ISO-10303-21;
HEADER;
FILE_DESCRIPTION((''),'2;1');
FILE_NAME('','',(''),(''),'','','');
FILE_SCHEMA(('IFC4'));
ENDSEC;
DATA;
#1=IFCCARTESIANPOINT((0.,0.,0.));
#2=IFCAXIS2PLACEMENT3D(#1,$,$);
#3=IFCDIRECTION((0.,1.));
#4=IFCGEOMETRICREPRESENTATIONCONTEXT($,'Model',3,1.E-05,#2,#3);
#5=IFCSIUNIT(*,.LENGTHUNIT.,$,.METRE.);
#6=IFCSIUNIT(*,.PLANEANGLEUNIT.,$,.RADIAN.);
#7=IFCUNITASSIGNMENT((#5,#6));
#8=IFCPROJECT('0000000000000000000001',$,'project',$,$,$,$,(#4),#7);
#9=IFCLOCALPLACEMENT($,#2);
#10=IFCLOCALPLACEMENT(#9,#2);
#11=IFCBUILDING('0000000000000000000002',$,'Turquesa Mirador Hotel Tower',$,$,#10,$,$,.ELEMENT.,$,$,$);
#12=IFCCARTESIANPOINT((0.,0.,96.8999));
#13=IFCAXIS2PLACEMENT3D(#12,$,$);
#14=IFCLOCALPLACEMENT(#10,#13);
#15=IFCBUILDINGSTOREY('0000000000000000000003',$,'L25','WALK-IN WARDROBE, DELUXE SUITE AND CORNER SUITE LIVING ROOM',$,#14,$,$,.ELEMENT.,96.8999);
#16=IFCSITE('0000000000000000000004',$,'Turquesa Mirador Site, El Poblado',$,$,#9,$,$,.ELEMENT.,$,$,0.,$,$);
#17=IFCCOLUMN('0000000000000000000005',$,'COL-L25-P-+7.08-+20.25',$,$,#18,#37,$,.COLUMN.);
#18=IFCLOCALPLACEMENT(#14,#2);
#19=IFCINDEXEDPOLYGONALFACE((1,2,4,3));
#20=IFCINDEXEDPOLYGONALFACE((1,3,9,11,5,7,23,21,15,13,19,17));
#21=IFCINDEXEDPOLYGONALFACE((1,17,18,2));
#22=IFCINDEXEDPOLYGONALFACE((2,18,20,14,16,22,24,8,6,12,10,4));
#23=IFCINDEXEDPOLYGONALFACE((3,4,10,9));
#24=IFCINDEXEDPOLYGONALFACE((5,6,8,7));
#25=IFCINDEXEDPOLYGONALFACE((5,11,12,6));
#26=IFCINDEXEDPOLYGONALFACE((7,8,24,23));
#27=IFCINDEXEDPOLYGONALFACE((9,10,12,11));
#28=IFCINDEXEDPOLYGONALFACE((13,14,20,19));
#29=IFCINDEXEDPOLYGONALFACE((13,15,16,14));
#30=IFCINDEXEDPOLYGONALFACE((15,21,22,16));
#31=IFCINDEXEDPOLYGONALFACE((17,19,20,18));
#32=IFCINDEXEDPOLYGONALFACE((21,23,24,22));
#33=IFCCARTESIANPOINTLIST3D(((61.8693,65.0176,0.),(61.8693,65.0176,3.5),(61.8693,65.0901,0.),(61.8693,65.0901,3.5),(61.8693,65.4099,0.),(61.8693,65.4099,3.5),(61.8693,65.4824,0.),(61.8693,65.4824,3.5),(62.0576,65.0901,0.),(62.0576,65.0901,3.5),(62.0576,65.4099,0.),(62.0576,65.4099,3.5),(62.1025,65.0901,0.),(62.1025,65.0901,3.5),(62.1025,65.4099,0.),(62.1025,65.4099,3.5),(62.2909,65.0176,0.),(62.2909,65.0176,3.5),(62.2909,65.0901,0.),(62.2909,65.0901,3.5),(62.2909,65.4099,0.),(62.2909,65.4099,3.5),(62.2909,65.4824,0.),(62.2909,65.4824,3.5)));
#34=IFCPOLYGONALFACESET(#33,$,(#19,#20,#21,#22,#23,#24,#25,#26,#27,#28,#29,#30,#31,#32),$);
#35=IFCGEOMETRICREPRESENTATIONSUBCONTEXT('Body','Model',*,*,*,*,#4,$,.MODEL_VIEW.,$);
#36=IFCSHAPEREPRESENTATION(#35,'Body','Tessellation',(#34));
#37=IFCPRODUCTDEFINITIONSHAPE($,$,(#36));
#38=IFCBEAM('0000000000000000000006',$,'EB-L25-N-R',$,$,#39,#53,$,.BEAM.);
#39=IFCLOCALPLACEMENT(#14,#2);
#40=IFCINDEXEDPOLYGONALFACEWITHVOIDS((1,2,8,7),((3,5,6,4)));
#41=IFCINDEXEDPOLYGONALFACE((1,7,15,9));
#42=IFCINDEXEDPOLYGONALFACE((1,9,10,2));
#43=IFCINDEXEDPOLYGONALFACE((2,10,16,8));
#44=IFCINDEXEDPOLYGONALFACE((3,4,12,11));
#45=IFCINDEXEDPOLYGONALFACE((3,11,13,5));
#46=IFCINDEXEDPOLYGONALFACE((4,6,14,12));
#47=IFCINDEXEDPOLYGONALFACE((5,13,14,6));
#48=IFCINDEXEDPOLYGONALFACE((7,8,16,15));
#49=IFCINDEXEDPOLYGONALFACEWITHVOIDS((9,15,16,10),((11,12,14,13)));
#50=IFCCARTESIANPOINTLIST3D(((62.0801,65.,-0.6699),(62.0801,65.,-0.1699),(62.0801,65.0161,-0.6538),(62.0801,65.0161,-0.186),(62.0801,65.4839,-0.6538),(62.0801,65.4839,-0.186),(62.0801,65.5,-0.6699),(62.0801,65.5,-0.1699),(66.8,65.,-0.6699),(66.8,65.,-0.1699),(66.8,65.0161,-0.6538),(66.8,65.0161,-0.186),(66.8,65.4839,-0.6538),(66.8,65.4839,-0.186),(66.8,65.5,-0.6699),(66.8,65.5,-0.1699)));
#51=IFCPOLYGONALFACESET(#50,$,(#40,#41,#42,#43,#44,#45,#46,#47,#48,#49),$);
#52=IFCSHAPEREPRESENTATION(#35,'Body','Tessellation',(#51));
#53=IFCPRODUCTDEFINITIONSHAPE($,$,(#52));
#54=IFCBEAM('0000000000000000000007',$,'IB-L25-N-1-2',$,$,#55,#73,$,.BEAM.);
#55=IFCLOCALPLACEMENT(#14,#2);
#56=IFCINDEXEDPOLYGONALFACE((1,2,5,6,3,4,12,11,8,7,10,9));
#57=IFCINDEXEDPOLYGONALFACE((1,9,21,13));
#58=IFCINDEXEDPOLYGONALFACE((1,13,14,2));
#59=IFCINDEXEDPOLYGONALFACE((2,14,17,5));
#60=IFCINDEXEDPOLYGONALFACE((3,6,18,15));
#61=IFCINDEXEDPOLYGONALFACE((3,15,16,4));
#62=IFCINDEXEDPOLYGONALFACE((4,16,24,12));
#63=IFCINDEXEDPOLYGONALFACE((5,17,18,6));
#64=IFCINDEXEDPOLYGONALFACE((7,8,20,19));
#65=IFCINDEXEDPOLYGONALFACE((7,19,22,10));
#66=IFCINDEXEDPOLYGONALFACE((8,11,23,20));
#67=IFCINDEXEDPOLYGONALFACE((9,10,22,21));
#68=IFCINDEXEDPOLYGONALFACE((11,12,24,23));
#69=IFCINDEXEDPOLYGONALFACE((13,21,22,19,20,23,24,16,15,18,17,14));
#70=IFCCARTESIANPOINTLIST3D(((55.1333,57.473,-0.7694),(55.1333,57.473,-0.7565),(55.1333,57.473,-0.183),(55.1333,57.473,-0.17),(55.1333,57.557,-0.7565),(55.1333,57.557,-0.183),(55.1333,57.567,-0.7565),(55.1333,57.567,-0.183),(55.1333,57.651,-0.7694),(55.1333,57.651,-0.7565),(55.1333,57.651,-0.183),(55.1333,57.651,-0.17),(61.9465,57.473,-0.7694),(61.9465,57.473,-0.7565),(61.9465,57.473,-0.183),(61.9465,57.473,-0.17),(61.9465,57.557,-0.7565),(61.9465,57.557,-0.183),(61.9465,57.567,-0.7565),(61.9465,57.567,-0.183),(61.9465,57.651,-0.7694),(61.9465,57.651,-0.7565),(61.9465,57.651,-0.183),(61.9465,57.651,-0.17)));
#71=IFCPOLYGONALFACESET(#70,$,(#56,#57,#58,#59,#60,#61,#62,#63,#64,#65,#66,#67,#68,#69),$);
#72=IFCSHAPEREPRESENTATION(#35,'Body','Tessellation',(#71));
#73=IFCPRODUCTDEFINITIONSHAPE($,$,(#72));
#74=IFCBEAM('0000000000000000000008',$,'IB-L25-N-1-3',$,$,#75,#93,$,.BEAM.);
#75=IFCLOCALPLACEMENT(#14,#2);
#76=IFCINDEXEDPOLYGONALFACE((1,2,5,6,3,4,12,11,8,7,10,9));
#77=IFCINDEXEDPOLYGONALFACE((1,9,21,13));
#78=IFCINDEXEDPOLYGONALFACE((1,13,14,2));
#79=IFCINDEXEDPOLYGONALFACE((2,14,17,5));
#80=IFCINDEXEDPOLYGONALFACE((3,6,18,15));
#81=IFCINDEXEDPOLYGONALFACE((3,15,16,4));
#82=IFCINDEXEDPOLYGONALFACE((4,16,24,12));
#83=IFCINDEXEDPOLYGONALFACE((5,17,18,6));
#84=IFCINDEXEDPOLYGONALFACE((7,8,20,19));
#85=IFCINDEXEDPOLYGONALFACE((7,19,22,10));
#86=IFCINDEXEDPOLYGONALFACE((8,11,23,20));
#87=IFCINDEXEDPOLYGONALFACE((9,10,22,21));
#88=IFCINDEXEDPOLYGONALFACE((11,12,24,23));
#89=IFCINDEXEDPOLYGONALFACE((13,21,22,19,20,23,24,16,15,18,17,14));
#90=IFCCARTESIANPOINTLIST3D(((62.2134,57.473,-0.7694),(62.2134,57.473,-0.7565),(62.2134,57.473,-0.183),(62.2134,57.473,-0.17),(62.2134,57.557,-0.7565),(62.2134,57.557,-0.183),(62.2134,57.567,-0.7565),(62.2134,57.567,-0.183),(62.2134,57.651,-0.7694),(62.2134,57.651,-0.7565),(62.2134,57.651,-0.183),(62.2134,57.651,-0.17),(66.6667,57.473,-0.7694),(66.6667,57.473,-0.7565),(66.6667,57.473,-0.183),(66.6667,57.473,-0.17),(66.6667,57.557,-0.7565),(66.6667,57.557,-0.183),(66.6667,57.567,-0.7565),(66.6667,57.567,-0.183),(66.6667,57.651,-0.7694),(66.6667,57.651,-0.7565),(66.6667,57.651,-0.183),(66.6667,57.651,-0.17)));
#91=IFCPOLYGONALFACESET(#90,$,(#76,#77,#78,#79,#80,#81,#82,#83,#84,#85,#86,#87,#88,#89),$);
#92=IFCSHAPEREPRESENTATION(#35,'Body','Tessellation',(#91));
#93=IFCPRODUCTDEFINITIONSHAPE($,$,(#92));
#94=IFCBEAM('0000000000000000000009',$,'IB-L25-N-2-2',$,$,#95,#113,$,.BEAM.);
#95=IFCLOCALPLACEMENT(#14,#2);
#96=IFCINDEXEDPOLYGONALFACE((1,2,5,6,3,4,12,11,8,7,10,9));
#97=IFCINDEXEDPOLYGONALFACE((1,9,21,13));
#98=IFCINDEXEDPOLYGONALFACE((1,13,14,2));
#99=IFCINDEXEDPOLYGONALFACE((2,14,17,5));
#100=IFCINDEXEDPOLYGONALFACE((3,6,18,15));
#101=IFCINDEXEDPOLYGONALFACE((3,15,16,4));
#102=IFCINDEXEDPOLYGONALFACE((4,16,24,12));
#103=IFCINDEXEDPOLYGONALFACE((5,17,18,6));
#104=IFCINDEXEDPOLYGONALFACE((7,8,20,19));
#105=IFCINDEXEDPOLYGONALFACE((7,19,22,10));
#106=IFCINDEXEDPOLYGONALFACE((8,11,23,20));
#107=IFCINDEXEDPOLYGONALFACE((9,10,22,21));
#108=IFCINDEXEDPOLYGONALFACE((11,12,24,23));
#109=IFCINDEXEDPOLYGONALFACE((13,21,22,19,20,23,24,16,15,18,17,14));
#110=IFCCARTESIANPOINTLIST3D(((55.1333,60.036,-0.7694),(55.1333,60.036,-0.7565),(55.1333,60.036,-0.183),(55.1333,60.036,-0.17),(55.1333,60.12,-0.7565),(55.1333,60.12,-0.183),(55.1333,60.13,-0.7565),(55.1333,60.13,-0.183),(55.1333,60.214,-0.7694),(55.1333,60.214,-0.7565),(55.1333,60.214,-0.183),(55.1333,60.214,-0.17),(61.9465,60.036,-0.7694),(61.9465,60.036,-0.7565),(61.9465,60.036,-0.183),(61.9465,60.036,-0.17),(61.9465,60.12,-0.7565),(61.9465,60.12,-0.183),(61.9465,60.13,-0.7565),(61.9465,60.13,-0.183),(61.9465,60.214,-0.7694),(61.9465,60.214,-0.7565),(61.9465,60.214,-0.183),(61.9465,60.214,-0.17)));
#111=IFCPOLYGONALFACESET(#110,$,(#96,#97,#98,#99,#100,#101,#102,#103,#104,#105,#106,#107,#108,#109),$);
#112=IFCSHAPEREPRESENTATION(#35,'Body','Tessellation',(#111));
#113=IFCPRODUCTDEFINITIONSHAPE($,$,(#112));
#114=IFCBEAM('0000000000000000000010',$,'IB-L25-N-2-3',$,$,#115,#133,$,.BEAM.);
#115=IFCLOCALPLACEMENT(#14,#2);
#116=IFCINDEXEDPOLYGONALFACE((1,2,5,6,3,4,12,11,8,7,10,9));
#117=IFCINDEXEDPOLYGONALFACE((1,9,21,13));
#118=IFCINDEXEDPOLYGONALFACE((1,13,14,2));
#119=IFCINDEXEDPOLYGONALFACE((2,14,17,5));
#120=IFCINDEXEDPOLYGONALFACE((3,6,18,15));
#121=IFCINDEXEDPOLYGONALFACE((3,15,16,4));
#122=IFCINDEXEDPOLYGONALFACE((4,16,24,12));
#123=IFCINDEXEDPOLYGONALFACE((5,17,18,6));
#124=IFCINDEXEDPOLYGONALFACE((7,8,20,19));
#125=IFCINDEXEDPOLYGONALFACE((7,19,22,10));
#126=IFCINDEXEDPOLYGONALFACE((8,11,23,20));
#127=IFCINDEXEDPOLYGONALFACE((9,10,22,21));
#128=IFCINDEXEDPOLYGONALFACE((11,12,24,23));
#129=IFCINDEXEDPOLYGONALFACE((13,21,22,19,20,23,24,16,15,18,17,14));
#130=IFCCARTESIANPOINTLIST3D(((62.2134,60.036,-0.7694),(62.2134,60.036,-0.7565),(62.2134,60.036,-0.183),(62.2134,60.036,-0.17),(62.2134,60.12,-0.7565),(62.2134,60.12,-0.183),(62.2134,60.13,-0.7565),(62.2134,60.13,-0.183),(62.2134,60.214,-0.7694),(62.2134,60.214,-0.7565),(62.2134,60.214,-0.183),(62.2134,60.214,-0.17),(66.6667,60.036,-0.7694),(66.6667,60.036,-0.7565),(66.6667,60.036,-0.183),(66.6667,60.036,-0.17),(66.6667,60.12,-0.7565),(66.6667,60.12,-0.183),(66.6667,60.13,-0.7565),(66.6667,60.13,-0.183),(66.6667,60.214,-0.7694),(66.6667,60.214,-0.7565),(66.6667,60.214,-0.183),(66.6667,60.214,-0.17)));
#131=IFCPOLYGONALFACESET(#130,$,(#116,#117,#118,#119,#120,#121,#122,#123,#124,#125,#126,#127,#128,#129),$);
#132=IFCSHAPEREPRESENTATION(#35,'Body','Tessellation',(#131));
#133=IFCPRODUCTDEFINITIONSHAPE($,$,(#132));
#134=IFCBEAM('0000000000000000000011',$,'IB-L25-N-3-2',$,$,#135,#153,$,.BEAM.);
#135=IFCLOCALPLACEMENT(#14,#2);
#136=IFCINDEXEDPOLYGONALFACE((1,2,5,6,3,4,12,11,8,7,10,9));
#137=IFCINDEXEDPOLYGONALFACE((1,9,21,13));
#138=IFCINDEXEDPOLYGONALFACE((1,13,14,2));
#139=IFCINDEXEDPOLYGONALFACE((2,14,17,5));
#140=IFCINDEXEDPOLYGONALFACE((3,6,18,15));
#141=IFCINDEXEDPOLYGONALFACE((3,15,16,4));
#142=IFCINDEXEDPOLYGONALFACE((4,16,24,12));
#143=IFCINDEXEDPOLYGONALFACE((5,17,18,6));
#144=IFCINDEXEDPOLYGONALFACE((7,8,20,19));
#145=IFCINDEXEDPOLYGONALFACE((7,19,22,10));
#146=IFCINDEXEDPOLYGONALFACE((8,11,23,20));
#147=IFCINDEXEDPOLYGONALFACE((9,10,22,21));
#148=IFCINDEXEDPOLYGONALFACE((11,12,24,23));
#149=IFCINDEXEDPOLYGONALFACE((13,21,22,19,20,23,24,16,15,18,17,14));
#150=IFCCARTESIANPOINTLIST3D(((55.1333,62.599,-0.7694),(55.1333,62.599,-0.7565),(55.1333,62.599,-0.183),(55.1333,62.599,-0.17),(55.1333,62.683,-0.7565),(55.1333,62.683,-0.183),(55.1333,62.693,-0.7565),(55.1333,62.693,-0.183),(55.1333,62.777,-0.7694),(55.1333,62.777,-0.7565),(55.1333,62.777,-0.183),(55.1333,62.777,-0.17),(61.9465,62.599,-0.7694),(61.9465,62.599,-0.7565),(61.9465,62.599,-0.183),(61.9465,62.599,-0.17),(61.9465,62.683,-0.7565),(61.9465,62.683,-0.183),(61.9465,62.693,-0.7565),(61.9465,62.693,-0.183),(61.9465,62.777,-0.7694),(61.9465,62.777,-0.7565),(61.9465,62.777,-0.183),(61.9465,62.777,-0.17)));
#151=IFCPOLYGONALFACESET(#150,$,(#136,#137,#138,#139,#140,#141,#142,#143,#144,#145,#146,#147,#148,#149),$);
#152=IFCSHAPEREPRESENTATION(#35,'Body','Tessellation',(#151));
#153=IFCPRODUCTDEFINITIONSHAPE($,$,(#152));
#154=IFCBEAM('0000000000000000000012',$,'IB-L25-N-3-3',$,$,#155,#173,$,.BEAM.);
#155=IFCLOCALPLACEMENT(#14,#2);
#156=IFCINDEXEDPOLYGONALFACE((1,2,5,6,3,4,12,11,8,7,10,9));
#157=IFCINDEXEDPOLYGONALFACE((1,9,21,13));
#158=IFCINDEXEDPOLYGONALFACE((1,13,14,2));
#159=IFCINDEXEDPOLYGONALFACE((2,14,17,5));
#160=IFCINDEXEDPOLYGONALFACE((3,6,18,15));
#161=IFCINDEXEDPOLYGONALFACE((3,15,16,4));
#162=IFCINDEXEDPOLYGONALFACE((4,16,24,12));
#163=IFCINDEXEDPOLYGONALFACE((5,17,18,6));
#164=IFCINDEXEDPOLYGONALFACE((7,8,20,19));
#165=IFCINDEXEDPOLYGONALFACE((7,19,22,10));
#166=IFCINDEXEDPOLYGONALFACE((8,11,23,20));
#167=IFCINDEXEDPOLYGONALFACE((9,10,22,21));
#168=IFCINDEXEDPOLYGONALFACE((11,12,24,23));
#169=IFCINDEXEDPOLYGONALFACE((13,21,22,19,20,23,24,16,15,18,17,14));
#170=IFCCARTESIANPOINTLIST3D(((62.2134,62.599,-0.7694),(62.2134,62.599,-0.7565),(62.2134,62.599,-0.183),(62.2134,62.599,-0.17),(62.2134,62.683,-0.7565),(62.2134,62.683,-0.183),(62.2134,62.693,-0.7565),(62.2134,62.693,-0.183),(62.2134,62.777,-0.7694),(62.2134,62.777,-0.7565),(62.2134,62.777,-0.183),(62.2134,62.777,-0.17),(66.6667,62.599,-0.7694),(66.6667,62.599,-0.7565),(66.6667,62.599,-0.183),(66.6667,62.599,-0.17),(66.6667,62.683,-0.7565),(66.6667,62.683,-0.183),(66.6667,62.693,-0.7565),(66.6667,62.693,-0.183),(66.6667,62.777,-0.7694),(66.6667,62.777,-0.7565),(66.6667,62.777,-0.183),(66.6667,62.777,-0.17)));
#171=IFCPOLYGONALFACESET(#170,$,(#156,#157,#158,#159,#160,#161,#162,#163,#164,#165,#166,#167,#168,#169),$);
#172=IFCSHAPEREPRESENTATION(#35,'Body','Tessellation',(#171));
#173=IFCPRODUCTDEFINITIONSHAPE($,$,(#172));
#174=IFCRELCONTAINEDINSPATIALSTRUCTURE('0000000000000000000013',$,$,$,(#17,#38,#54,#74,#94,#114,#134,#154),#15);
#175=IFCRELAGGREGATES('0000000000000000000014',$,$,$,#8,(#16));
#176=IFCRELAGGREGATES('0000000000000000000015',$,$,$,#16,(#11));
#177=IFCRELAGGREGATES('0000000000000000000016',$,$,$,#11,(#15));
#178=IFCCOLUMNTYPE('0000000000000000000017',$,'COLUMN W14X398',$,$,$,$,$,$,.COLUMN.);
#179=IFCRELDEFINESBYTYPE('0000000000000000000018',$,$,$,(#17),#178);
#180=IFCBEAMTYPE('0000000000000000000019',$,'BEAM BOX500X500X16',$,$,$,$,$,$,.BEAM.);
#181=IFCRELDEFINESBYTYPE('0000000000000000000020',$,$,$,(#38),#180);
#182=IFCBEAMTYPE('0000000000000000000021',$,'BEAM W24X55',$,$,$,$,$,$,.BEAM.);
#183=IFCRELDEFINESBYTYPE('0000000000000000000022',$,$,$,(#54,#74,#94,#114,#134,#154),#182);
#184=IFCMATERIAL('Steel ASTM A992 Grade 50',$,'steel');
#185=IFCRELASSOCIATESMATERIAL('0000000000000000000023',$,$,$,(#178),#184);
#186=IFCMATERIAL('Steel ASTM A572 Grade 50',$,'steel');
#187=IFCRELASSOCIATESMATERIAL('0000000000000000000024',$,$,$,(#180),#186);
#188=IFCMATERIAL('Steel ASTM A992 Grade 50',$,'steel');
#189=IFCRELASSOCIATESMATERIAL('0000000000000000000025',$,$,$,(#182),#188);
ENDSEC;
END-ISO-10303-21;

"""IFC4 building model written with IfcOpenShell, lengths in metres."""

from ifc_helpers import new_model, si_unit, direction, frame, origin, origin_2d, place, context, subcontext, project, spatial, hollow_rectangle, i_section, extrude, material, material_profile, profile_set, type_object, element, save


model = new_model("IFC4")

# Units and contexts
model_context = context("Model", 3, precision=1e-05, world=origin(), true_north=direction((0.0, 1.0)))
body_context = subcontext(model_context, "Body", "Model", "MODEL_VIEW")
ifc_project = project(units=[si_unit("LENGTHUNIT", "METRE"), si_unit("PLANEANGLEUNIT", "RADIAN")], contexts=[model_context])

# Site, building, storey
site_placement = place(None, origin())
site = spatial("IfcSite", under=ifc_project, at=site_placement, Name="Turquesa Mirador Site, El Poblado", CompositionType="ELEMENT", RefElevation=0.0)
building_placement = place(site_placement, origin())
building = spatial("IfcBuilding", under=site, at=building_placement, Name="Turquesa Mirador Hotel Tower", CompositionType="ELEMENT")
storey_placement = place(building_placement, frame((0.0, 0.0, 96.8999)))
storey = spatial("IfcBuildingStorey", under=building, at=storey_placement, Name="L25", Description="WALK-IN WARDROBE, DELUXE SUITE AND CORNER SUITE LIVING ROOM", CompositionType="ELEMENT", Elevation=96.8999)

# Column
ifc_material_1 = material(Name="Steel ASTM A992 Grade 50", Category="steel")
ifc_material_profile_1 = material_profile(ifc_material_1, i_section(OverallWidth=0.4216, OverallDepth=0.4648, WebThickness=0.0449, FlangeThickness=0.0725, at=origin_2d()), Name="W14X398")
ifc_profile_set_1 = profile_set([ifc_material_profile_1], Name="Steel ASTM A992 Grade 50")
column_type = type_object("IfcColumnType", Name="COLUMN W14X398", PredefinedType="COLUMN", material=ifc_profile_set_1)
column_placement = place(storey_placement, frame((62.0801, 65.25, 0.0), z_axis=(0.0, 0.0, 1.0), x_axis=(1.0, 0.0, 0.0)))
element("IfcColumn", 1, at=column_placement, inside=storey, type_object=column_type, Name="COL-L25-P-+7.08-+20.25", PredefinedType="COLUMN", context=body_context, shape_type="SweptSolid", body=[
    extrude(i_section(OverallWidth=0.4216, OverallDepth=0.4648, WebThickness=0.0449, FlangeThickness=0.0725, at=origin_2d()), origin(), (0.0, 0.0, 1.0), 3.5),
])

# Beams
ifc_material_2 = material(Name="Steel ASTM A572 Grade 50", Category="steel")
ifc_material_profile_2 = material_profile(ifc_material_2, hollow_rectangle(XDim=0.5, YDim=0.5, WallThickness=0.0161, at=origin_2d()), Name="BOX500X500X16")
ifc_profile_set_2 = profile_set([ifc_material_profile_2], Name="Steel ASTM A572 Grade 50")
beam_type_1 = type_object("IfcBeamType", Name="BEAM BOX500X500X16", PredefinedType="BEAM", material=ifc_profile_set_2)
beam_1_placement = place(storey_placement, frame((62.0801, 65.25, -0.4199), z_axis=(1.0, 0.0, 0.0), x_axis=(0.0, 1.0, 0.0)))
element("IfcBeam", 2, at=beam_1_placement, inside=storey, type_object=beam_type_1, Name="EB-L25-N-R", PredefinedType="BEAM", context=body_context, shape_type="SweptSolid", body=[
    extrude(hollow_rectangle(XDim=0.5, YDim=0.5, WallThickness=0.0161, at=origin_2d()), origin(), (0.0, 0.0, 1.0), 4.72),
])
ifc_material_3 = material(Name="Steel ASTM A992 Grade 50", Category="steel")
ifc_material_profile_3 = material_profile(ifc_material_3, i_section(OverallWidth=0.178, OverallDepth=0.5994, WebThickness=0.01, FlangeThickness=0.0129, at=origin_2d()), Name="W24X55")
ifc_profile_set_3 = profile_set([ifc_material_profile_3], Name="Steel ASTM A992 Grade 50")
beam_type_2 = type_object("IfcBeamType", Name="BEAM W24X55", PredefinedType="BEAM", material=ifc_profile_set_3)
beam_2_placement = place(storey_placement, frame((55.1333, 57.562, -0.4697), z_axis=(1.0, 0.0, 0.0), x_axis=(0.0, 1.0, 0.0)))
element("IfcBeam", 3, at=beam_2_placement, inside=storey, type_object=beam_type_2, Name="IB-L25-N-1-2", PredefinedType="BEAM", context=body_context, shape_type="SweptSolid", body=[
    extrude(i_section(OverallWidth=0.178, OverallDepth=0.5994, WebThickness=0.01, FlangeThickness=0.0129, at=origin_2d()), origin(), (0.0, 0.0, 1.0), 6.8132),
])
beam_3_placement = place(storey_placement, frame((62.2134, 57.562, -0.4697), z_axis=(1.0, 0.0, 0.0), x_axis=(0.0, 1.0, 0.0)))
element("IfcBeam", 4, at=beam_3_placement, inside=storey, type_object=beam_type_2, Name="IB-L25-N-1-3", PredefinedType="BEAM", context=body_context, shape_type="SweptSolid", body=[
    extrude(i_section(OverallWidth=0.178, OverallDepth=0.5994, WebThickness=0.01, FlangeThickness=0.0129, at=origin_2d()), origin(), (0.0, 0.0, 1.0), 4.4534),
])
beam_4_placement = place(storey_placement, frame((55.1333, 60.125, -0.4697), z_axis=(1.0, 0.0, 0.0), x_axis=(0.0, 1.0, 0.0)))
element("IfcBeam", 5, at=beam_4_placement, inside=storey, type_object=beam_type_2, Name="IB-L25-N-2-2", PredefinedType="BEAM", context=body_context, shape_type="SweptSolid", body=[
    extrude(i_section(OverallWidth=0.178, OverallDepth=0.5994, WebThickness=0.01, FlangeThickness=0.0129, at=origin_2d()), origin(), (0.0, 0.0, 1.0), 6.8132),
])
beam_5_placement = place(storey_placement, frame((62.2134, 60.125, -0.4697), z_axis=(1.0, 0.0, 0.0), x_axis=(0.0, 1.0, 0.0)))
element("IfcBeam", 6, at=beam_5_placement, inside=storey, type_object=beam_type_2, Name="IB-L25-N-2-3", PredefinedType="BEAM", context=body_context, shape_type="SweptSolid", body=[
    extrude(i_section(OverallWidth=0.178, OverallDepth=0.5994, WebThickness=0.01, FlangeThickness=0.0129, at=origin_2d()), origin(), (0.0, 0.0, 1.0), 4.4534),
])
beam_6_placement = place(storey_placement, frame((55.1333, 62.688, -0.4697), z_axis=(1.0, 0.0, 0.0), x_axis=(0.0, 1.0, 0.0)))
element("IfcBeam", 7, at=beam_6_placement, inside=storey, type_object=beam_type_2, Name="IB-L25-N-3-2", PredefinedType="BEAM", context=body_context, shape_type="SweptSolid", body=[
    extrude(i_section(OverallWidth=0.178, OverallDepth=0.5994, WebThickness=0.01, FlangeThickness=0.0129, at=origin_2d()), origin(), (0.0, 0.0, 1.0), 6.8132),
])
beam_7_placement = place(storey_placement, frame((62.2134, 62.688, -0.4697), z_axis=(1.0, 0.0, 0.0), x_axis=(0.0, 1.0, 0.0)))
element("IfcBeam", 8, at=beam_7_placement, inside=storey, type_object=beam_type_2, Name="IB-L25-N-3-3", PredefinedType="BEAM", context=body_context, shape_type="SweptSolid", body=[
    extrude(i_section(OverallWidth=0.178, OverallDepth=0.5994, WebThickness=0.01, FlangeThickness=0.0129, at=origin_2d()), origin(), (0.0, 0.0, 1.0), 4.4534),
])

save(model, "model.ifc")
